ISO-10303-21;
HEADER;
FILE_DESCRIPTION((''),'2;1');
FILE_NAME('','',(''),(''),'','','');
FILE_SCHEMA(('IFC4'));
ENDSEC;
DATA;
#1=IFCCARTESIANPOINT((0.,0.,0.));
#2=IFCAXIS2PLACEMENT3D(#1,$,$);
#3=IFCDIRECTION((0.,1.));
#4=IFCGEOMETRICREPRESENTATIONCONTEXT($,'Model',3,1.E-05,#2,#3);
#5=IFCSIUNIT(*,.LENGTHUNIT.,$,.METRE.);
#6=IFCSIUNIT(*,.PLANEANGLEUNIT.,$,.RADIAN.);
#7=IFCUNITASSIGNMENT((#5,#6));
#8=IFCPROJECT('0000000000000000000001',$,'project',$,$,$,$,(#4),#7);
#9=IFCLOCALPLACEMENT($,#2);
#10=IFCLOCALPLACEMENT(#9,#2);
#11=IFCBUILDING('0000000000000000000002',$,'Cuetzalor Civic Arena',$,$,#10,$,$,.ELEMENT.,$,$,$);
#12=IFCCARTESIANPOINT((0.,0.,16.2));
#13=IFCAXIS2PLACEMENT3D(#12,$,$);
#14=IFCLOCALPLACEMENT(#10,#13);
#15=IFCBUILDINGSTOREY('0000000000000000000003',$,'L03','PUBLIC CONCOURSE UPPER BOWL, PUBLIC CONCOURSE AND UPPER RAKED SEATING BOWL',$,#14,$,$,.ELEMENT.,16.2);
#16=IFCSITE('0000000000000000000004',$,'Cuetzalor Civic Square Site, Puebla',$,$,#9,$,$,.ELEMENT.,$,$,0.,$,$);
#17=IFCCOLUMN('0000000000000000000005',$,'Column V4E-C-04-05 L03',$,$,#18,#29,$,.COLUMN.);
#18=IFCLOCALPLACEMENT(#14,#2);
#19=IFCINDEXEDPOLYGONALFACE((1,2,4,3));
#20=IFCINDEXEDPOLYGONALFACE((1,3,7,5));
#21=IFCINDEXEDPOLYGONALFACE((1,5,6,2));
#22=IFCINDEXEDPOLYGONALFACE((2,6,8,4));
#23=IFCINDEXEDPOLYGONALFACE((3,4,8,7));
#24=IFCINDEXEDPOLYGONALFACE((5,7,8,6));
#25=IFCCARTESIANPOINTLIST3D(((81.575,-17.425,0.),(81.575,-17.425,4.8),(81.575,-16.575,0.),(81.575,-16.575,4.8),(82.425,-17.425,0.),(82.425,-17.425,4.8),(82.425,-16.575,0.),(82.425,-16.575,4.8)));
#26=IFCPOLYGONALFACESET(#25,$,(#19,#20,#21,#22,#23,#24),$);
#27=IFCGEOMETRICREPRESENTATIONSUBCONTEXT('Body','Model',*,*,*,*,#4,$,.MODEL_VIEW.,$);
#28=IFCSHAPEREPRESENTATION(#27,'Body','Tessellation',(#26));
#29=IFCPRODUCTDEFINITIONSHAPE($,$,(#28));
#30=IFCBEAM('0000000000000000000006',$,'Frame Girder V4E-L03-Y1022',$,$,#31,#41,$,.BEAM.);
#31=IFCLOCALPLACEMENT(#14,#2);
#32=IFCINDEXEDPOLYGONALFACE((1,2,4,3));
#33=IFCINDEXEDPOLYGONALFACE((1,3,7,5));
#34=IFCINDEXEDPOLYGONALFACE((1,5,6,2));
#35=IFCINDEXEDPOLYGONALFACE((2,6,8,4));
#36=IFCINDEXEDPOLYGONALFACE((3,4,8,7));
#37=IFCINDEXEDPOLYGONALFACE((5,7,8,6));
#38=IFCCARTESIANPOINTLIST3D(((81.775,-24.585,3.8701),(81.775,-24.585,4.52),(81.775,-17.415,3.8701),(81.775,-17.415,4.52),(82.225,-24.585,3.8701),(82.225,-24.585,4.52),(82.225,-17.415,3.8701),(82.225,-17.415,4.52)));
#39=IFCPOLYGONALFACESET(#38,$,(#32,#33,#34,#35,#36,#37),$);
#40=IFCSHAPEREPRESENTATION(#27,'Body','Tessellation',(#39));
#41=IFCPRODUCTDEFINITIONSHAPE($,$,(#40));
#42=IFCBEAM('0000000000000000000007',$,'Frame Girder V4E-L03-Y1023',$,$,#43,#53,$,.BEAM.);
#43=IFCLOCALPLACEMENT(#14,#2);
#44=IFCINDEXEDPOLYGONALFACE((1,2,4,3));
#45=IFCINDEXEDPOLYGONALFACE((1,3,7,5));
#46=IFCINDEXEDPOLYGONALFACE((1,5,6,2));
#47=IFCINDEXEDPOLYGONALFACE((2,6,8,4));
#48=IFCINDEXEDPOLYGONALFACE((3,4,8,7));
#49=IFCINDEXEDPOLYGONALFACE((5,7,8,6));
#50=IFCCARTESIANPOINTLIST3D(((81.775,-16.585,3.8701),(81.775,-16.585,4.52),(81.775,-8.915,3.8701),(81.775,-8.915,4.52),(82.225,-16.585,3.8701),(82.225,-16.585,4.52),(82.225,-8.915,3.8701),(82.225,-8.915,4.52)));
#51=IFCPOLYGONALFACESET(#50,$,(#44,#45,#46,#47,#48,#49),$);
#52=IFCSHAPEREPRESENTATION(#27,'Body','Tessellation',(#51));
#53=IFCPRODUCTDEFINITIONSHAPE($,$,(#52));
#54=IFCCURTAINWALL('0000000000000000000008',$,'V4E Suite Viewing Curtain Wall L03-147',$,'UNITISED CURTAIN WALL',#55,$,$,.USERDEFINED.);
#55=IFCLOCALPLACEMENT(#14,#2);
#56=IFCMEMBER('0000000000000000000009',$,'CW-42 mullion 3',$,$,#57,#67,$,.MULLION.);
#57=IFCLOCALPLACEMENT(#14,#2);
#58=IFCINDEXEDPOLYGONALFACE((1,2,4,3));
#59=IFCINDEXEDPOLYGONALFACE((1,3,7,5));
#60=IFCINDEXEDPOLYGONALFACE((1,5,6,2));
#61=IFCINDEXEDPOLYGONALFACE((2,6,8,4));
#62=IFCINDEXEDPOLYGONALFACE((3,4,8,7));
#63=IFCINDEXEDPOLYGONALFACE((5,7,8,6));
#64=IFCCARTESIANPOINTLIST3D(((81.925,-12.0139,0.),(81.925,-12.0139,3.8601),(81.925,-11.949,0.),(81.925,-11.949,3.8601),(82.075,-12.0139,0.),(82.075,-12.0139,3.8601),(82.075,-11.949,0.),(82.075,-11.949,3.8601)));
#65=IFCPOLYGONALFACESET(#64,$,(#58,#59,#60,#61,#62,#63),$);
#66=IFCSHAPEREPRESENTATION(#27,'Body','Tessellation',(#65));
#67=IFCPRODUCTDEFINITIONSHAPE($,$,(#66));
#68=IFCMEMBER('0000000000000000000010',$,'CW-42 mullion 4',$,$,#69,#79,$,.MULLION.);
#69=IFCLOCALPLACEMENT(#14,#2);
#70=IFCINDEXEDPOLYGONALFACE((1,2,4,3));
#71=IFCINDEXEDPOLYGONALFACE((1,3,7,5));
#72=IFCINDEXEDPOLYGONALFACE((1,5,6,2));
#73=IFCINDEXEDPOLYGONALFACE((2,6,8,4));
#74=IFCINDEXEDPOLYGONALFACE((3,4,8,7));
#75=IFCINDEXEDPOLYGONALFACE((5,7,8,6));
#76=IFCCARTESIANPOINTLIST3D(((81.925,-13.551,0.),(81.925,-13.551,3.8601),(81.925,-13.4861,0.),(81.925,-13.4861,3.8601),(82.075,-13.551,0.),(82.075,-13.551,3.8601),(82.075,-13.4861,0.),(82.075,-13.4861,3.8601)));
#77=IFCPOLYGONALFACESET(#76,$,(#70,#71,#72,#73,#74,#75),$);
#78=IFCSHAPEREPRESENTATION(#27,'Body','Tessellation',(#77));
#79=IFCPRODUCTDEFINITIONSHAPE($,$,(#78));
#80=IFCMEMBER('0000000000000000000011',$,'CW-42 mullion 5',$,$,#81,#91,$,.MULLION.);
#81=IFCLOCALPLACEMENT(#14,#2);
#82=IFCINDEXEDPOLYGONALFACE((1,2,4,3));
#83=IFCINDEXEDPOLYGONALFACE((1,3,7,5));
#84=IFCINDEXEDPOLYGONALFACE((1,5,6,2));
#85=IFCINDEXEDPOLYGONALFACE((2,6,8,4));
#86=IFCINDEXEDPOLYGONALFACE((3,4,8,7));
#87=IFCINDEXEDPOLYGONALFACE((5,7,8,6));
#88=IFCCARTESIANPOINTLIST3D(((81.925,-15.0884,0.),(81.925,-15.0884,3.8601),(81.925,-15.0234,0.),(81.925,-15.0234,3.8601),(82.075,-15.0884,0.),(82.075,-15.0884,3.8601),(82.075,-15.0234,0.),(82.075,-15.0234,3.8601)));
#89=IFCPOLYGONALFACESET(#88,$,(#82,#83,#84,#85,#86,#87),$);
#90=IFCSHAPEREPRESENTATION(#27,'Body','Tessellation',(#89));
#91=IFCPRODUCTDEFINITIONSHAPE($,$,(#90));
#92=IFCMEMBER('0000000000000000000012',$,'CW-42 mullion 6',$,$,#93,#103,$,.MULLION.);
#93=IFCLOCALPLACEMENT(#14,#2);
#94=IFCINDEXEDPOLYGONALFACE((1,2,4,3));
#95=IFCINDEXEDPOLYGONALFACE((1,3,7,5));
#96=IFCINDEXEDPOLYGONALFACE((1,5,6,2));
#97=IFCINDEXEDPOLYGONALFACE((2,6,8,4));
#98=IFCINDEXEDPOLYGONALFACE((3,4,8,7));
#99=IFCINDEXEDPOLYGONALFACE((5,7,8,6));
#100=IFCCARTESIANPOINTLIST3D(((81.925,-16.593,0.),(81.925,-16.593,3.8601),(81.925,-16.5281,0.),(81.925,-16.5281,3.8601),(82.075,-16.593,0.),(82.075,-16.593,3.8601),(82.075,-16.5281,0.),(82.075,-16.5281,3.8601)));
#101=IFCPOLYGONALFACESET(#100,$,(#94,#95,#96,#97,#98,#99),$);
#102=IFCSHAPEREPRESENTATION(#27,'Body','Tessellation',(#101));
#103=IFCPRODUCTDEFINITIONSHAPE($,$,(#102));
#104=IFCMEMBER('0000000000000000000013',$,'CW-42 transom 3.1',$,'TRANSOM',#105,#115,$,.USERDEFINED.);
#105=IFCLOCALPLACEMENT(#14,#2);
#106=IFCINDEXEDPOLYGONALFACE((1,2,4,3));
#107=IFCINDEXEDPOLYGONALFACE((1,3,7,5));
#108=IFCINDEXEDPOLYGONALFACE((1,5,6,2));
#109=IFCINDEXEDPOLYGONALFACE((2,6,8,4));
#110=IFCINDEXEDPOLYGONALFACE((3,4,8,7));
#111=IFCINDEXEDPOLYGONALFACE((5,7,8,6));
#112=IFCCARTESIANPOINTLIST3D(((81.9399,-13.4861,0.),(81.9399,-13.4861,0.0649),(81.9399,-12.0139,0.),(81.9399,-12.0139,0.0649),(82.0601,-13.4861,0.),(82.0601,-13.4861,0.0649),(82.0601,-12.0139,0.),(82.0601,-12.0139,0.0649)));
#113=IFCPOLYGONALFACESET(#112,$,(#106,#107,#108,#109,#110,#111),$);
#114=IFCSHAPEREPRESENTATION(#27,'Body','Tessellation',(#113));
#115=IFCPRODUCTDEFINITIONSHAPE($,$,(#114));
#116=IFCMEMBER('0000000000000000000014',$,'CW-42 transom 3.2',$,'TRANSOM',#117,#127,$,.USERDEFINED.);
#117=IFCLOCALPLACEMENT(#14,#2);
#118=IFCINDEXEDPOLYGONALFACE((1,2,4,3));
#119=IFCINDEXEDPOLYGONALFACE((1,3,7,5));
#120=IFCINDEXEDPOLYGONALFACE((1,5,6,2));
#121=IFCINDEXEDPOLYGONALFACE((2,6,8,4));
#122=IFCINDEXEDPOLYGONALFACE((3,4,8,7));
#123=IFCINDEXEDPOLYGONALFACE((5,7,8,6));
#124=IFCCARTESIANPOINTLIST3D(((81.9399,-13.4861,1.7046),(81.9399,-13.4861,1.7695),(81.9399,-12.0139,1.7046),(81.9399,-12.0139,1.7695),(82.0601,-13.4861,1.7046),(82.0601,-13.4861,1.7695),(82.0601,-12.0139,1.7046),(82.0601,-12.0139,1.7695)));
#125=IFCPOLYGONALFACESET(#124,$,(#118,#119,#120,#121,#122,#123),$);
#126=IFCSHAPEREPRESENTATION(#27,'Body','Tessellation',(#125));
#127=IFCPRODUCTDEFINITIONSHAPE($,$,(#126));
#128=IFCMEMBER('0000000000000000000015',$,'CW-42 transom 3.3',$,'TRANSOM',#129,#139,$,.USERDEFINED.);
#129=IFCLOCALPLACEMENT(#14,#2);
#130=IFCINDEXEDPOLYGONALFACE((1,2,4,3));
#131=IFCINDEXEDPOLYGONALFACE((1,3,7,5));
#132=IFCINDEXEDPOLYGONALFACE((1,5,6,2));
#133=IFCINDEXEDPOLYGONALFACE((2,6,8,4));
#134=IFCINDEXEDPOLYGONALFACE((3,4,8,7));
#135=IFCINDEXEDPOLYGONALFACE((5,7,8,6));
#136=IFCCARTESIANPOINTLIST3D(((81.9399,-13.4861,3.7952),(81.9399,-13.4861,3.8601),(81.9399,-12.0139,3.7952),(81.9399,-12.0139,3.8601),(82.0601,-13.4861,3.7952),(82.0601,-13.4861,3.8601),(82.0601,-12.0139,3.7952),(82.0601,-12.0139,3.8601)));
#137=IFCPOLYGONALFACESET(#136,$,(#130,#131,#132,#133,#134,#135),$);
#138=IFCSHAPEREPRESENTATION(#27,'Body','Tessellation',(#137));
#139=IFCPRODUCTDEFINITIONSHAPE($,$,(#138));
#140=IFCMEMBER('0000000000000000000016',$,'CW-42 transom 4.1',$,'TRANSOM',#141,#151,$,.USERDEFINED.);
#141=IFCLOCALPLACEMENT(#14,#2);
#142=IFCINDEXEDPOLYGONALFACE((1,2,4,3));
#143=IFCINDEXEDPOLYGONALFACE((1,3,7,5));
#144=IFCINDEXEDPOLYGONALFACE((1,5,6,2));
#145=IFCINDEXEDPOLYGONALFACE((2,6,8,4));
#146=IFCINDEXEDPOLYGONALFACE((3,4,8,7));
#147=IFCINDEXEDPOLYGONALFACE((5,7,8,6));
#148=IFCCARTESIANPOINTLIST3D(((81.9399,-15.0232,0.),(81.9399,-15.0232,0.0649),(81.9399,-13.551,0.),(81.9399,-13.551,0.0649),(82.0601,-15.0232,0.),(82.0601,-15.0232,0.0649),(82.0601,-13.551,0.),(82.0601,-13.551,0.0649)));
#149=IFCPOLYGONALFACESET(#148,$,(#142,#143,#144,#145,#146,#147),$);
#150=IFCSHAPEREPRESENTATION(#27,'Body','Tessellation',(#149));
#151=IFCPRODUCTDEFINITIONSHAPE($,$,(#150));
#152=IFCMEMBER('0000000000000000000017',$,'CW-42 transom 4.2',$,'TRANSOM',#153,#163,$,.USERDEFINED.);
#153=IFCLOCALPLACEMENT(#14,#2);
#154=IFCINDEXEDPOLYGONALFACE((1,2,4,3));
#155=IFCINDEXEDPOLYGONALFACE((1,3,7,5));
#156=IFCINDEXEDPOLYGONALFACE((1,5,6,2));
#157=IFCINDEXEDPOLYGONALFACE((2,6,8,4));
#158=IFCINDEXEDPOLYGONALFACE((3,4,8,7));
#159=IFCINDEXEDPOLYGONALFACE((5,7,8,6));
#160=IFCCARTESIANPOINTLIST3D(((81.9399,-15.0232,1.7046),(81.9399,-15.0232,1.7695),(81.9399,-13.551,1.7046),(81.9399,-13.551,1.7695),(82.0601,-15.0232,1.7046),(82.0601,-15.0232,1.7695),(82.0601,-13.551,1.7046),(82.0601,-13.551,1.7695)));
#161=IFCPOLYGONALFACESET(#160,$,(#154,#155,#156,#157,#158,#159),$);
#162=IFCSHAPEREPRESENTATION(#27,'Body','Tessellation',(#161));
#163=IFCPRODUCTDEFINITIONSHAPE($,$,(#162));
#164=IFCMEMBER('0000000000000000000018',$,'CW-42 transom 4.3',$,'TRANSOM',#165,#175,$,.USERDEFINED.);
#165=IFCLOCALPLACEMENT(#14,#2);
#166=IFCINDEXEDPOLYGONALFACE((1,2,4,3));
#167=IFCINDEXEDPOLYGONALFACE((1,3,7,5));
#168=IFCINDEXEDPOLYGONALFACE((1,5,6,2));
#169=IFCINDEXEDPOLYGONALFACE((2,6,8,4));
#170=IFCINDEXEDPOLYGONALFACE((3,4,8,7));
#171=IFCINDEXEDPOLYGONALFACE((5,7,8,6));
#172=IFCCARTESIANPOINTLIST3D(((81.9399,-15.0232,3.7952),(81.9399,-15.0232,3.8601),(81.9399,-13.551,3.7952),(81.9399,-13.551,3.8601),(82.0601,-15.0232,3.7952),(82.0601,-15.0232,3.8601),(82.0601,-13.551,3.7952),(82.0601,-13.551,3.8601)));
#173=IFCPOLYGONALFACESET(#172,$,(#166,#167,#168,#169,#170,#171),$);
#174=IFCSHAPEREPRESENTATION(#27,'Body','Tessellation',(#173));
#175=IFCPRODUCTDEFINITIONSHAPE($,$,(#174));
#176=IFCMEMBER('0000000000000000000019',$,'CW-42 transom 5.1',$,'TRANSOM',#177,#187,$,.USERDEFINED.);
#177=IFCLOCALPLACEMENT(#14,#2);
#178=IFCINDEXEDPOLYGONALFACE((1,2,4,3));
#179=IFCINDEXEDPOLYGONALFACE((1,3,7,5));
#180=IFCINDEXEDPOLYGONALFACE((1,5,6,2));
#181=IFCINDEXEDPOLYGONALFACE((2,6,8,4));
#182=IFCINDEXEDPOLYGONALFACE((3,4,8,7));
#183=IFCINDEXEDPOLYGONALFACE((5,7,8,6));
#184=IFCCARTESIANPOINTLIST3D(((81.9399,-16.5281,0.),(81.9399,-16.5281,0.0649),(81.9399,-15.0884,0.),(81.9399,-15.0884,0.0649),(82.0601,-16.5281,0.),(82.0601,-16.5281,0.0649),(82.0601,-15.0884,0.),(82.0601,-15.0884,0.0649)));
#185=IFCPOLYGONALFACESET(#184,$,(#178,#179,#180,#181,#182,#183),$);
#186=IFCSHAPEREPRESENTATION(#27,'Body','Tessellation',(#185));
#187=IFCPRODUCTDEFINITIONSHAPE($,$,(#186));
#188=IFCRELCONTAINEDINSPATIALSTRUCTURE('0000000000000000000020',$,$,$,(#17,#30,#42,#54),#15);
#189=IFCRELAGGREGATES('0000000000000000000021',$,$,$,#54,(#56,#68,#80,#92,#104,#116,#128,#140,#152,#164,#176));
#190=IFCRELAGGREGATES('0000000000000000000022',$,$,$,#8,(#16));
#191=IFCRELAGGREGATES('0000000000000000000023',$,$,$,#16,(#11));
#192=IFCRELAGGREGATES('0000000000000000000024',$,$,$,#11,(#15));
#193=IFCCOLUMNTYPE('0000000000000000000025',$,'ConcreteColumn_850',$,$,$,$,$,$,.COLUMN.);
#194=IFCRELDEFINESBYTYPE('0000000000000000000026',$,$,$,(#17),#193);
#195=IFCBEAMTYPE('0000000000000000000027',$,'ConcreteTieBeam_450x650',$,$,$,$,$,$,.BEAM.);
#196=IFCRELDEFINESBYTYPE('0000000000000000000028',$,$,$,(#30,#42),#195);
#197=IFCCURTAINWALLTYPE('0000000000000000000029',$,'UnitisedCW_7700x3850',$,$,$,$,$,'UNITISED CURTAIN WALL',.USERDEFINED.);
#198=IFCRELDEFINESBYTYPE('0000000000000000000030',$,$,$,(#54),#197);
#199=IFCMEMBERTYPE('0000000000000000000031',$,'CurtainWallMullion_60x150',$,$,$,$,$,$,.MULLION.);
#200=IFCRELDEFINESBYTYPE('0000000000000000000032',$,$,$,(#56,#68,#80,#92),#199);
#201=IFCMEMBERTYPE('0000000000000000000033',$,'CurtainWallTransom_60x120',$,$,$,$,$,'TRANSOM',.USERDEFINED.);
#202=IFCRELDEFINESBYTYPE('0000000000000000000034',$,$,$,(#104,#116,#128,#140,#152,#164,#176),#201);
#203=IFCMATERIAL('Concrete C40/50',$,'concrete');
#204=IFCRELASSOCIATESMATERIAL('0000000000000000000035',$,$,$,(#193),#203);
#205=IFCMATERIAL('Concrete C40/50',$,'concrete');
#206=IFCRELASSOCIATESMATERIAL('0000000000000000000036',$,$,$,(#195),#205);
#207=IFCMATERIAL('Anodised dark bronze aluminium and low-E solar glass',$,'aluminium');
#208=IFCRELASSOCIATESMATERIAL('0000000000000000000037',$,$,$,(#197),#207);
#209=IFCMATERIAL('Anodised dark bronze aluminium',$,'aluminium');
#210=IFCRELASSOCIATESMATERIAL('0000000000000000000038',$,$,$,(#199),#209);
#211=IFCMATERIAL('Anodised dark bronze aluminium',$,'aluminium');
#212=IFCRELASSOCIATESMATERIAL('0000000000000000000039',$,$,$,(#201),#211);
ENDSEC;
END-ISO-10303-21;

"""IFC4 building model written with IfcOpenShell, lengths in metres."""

from ifc_helpers import new_model, si_unit, direction, frame, origin, origin_2d, place, context, subcontext, project, spatial, rectangle, extrude, material, material_profile, profile_set, type_object, element, aggregate, save


model = new_model("IFC4")

# Units and contexts
model_context = context("Model", 3, precision=1e-05, world=origin(), true_north=direction((0.0, 1.0)))
body_context = subcontext(model_context, "Body", "Model", "MODEL_VIEW")
ifc_project = project(units=[si_unit("LENGTHUNIT", "METRE"), si_unit("PLANEANGLEUNIT", "RADIAN")], contexts=[model_context])

# Site, building, storey
site_placement = place(None, origin())
site = spatial("IfcSite", under=ifc_project, at=site_placement, Name="Cuetzalor Civic Square Site, Puebla", CompositionType="ELEMENT", RefElevation=0.0)
building_placement = place(site_placement, origin())
building = spatial("IfcBuilding", under=site, at=building_placement, Name="Cuetzalor Civic Arena", CompositionType="ELEMENT")
storey_placement = place(building_placement, frame((0.0, 0.0, 16.2)))
storey = spatial("IfcBuildingStorey", under=building, at=storey_placement, Name="L03", Description="PUBLIC CONCOURSE UPPER BOWL, PUBLIC CONCOURSE AND UPPER RAKED SEATING BOWL", CompositionType="ELEMENT", Elevation=16.2)

# Column
ifc_material_1 = material(Name="Concrete C40/50", Category="concrete")
ifc_material_profile_1 = material_profile(ifc_material_1, rectangle(XDim=0.8501, YDim=0.8501, at=origin_2d()), Name="RC 850x850")
ifc_profile_set_1 = profile_set([ifc_material_profile_1], Name="Concrete C40/50")
column_type = type_object("IfcColumnType", Name="ConcreteColumn_850", PredefinedType="COLUMN", material=ifc_profile_set_1)
column_placement = place(storey_placement, frame((82.0, -17.0, 0.0), z_axis=(0.0, 0.0, 1.0), x_axis=(1.0, 0.0, 0.0)))
element("IfcColumn", 1, at=column_placement, inside=storey, type_object=column_type, Name="Column V4E-C-04-05 L03", PredefinedType="COLUMN", context=body_context, shape_type="SweptSolid", body=[
    extrude(rectangle(XDim=0.8501, YDim=0.8501, at=origin_2d()), origin(), (0.0, 0.0, 1.0), 4.8),
])

# Beams
ifc_material_2 = material(Name="Concrete C40/50", Category="concrete")
ifc_material_profile_2 = material_profile(ifc_material_2, rectangle(XDim=0.45, YDim=0.6499, at=origin_2d()), Name="RC 450x650")
ifc_profile_set_2 = profile_set([ifc_material_profile_2], Name="Concrete C40/50")
beam_type = type_object("IfcBeamType", Name="ConcreteTieBeam_450x650", PredefinedType="BEAM", material=ifc_profile_set_2)
beam_1_placement = place(storey_placement, frame((82.0, -24.585, 4.1951), z_axis=(0.0, 1.0, 0.0), x_axis=(-1.0, 0.0, 0.0)))
element("IfcBeam", 2, at=beam_1_placement, inside=storey, type_object=beam_type, Name="Frame Girder V4E-L03-Y1022", PredefinedType="BEAM", context=body_context, shape_type="SweptSolid", body=[
    extrude(rectangle(XDim=0.45, YDim=0.6499, at=origin_2d()), origin(), (0.0, 0.0, 1.0), 7.1699),
])
beam_2_placement = place(storey_placement, frame((82.0, -16.585, 4.1951), z_axis=(0.0, 1.0, 0.0), x_axis=(-1.0, 0.0, 0.0)))
element("IfcBeam", 3, at=beam_2_placement, inside=storey, type_object=beam_type, Name="Frame Girder V4E-L03-Y1023", PredefinedType="BEAM", context=body_context, shape_type="SweptSolid", body=[
    extrude(rectangle(XDim=0.45, YDim=0.6499, at=origin_2d()), origin(), (0.0, 0.0, 1.0), 7.6699),
])

# Curtain wall, members
ifc_material_3 = material(Name="Anodised dark bronze aluminium and low-E solar glass", Category="aluminium")
curtain_wall_type = type_object("IfcCurtainWallType", Name="UnitisedCW_7700x3850", ElementType="UNITISED CURTAIN WALL", PredefinedType="USERDEFINED", material=ifc_material_3)
curtain_wall_placement = place(storey_placement, origin())
curtain_wall = element("IfcCurtainWall", 4, at=curtain_wall_placement, inside=storey, type_object=curtain_wall_type, Name="V4E Suite Viewing Curtain Wall L03-147", ObjectType="UNITISED CURTAIN WALL", PredefinedType="USERDEFINED")
ifc_material_4 = material(Name="Anodised dark bronze aluminium", Category="aluminium")
ifc_material_profile_3 = material_profile(ifc_material_4, rectangle(XDim=0.0649, YDim=0.1499, at=origin_2d()), Name="ALU MULLION 65x150")
ifc_profile_set_3 = profile_set([ifc_material_profile_3], Name="Anodised dark bronze aluminium")
member_type_1 = type_object("IfcMemberType", Name="CurtainWallMullion_60x150", PredefinedType="MULLION", material=ifc_profile_set_3)
member_1_placement = place(storey_placement, frame((82.0, -11.9814, 0.0), z_axis=(0.0, 0.0, 1.0), x_axis=(0.0, -1.0, 0.0)))
member_1 = element("IfcMember", 5, at=member_1_placement, type_object=member_type_1, Name="CW-42 mullion 3", PredefinedType="MULLION", context=body_context, shape_type="SweptSolid", body=[
    extrude(rectangle(XDim=0.0649, YDim=0.1499, at=origin_2d()), origin(), (0.0, 0.0, 1.0), 3.8601),
])
member_2_placement = place(storey_placement, frame((82.0, -13.5186, 0.0), z_axis=(0.0, 0.0, 1.0), x_axis=(0.0, -1.0, 0.0)))
member_2 = element("IfcMember", 6, at=member_2_placement, type_object=member_type_1, Name="CW-42 mullion 4", PredefinedType="MULLION", context=body_context, shape_type="SweptSolid", body=[
    extrude(rectangle(XDim=0.0649, YDim=0.1499, at=origin_2d()), origin(), (0.0, 0.0, 1.0), 3.8601),
])
member_3_placement = place(storey_placement, frame((82.0, -15.0559, 0.0), z_axis=(0.0, 0.0, 1.0), x_axis=(0.0, -1.0, 0.0)))
member_3 = element("IfcMember", 7, at=member_3_placement, type_object=member_type_1, Name="CW-42 mullion 5", PredefinedType="MULLION", context=body_context, shape_type="SweptSolid", body=[
    extrude(rectangle(XDim=0.0649, YDim=0.1499, at=origin_2d()), origin(), (0.0, 0.0, 1.0), 3.8601),
])
member_4_placement = place(storey_placement, frame((82.0, -16.5605, 0.0), z_axis=(0.0, 0.0, 1.0), x_axis=(0.0, -1.0, 0.0)))
member_4 = element("IfcMember", 8, at=member_4_placement, type_object=member_type_1, Name="CW-42 mullion 6", PredefinedType="MULLION", context=body_context, shape_type="SweptSolid", body=[
    extrude(rectangle(XDim=0.0649, YDim=0.1499, at=origin_2d()), origin(), (0.0, 0.0, 1.0), 3.8601),
])
ifc_material_5 = material(Name="Anodised dark bronze aluminium", Category="aluminium")
ifc_material_profile_4 = material_profile(ifc_material_5, rectangle(XDim=0.1201, YDim=0.0649, at=origin_2d()), Name="ALU TRANSOM 65x120")
ifc_profile_set_4 = profile_set([ifc_material_profile_4], Name="Anodised dark bronze aluminium")
member_type_2 = type_object("IfcMemberType", Name="CurtainWallTransom_60x120", ElementType="TRANSOM", PredefinedType="USERDEFINED", material=ifc_profile_set_4)
member_5_placement = place(storey_placement, frame((82.0, -12.0139, 0.0325), z_axis=(0.0, -1.0, 0.0), x_axis=(1.0, 0.0, 0.0)))
member_5 = element("IfcMember", 9, at=member_5_placement, type_object=member_type_2, Name="CW-42 transom 3.1", ObjectType="TRANSOM", PredefinedType="USERDEFINED", context=body_context, shape_type="SweptSolid", body=[
    extrude(rectangle(XDim=0.1201, YDim=0.0649, at=origin_2d()), origin(), (0.0, 0.0, 1.0), 1.4722),
])
member_6_placement = place(storey_placement, frame((82.0, -12.0139, 1.7371), z_axis=(0.0, -1.0, 0.0), x_axis=(1.0, 0.0, 0.0)))
member_6 = element("IfcMember", 10, at=member_6_placement, type_object=member_type_2, Name="CW-42 transom 3.2", ObjectType="TRANSOM", PredefinedType="USERDEFINED", context=body_context, shape_type="SweptSolid", body=[
    extrude(rectangle(XDim=0.1201, YDim=0.0649, at=origin_2d()), origin(), (0.0, 0.0, 1.0), 1.4722),
])
member_7_placement = place(storey_placement, frame((82.0, -12.0139, 3.8276), z_axis=(0.0, -1.0, 0.0), x_axis=(1.0, 0.0, 0.0)))
member_7 = element("IfcMember", 11, at=member_7_placement, type_object=member_type_2, Name="CW-42 transom 3.3", ObjectType="TRANSOM", PredefinedType="USERDEFINED", context=body_context, shape_type="SweptSolid", body=[
    extrude(rectangle(XDim=0.1201, YDim=0.0649, at=origin_2d()), origin(), (0.0, 0.0, 1.0), 1.4722),
])
member_8_placement = place(storey_placement, frame((82.0, -13.551, 0.0325), z_axis=(0.0, -1.0, 0.0), x_axis=(1.0, 0.0, 0.0)))
member_8 = element("IfcMember", 12, at=member_8_placement, type_object=member_type_2, Name="CW-42 transom 4.1", ObjectType="TRANSOM", PredefinedType="USERDEFINED", context=body_context, shape_type="SweptSolid", body=[
    extrude(rectangle(XDim=0.1201, YDim=0.0649, at=origin_2d()), origin(), (0.0, 0.0, 1.0), 1.4722),
])
member_9_placement = place(storey_placement, frame((82.0, -13.551, 1.7371), z_axis=(0.0, -1.0, 0.0), x_axis=(1.0, 0.0, 0.0)))
member_9 = element("IfcMember", 13, at=member_9_placement, type_object=member_type_2, Name="CW-42 transom 4.2", ObjectType="TRANSOM", PredefinedType="USERDEFINED", context=body_context, shape_type="SweptSolid", body=[
    extrude(rectangle(XDim=0.1201, YDim=0.0649, at=origin_2d()), origin(), (0.0, 0.0, 1.0), 1.4722),
])
member_10_placement = place(storey_placement, frame((82.0, -13.551, 3.8276), z_axis=(0.0, -1.0, 0.0), x_axis=(1.0, 0.0, 0.0)))
member_10 = element("IfcMember", 14, at=member_10_placement, type_object=member_type_2, Name="CW-42 transom 4.3", ObjectType="TRANSOM", PredefinedType="USERDEFINED", context=body_context, shape_type="SweptSolid", body=[
    extrude(rectangle(XDim=0.1201, YDim=0.0649, at=origin_2d()), origin(), (0.0, 0.0, 1.0), 1.4722),
])
member_11_placement = place(storey_placement, frame((82.0, -15.0884, 0.0325), z_axis=(0.0, -1.0, 0.0), x_axis=(1.0, 0.0, 0.0)))
member_11 = element("IfcMember", 15, at=member_11_placement, type_object=member_type_2, Name="CW-42 transom 5.1", ObjectType="TRANSOM", PredefinedType="USERDEFINED", context=body_context, shape_type="SweptSolid", body=[
    extrude(rectangle(XDim=0.1201, YDim=0.0649, at=origin_2d()), origin(), (0.0, 0.0, 1.0), 1.4397),
])
aggregate(curtain_wall, [member_1, member_2, member_3, member_4, member_5, member_6, member_7, member_8, member_9, member_10, member_11])

save(model, "model.ifc")
